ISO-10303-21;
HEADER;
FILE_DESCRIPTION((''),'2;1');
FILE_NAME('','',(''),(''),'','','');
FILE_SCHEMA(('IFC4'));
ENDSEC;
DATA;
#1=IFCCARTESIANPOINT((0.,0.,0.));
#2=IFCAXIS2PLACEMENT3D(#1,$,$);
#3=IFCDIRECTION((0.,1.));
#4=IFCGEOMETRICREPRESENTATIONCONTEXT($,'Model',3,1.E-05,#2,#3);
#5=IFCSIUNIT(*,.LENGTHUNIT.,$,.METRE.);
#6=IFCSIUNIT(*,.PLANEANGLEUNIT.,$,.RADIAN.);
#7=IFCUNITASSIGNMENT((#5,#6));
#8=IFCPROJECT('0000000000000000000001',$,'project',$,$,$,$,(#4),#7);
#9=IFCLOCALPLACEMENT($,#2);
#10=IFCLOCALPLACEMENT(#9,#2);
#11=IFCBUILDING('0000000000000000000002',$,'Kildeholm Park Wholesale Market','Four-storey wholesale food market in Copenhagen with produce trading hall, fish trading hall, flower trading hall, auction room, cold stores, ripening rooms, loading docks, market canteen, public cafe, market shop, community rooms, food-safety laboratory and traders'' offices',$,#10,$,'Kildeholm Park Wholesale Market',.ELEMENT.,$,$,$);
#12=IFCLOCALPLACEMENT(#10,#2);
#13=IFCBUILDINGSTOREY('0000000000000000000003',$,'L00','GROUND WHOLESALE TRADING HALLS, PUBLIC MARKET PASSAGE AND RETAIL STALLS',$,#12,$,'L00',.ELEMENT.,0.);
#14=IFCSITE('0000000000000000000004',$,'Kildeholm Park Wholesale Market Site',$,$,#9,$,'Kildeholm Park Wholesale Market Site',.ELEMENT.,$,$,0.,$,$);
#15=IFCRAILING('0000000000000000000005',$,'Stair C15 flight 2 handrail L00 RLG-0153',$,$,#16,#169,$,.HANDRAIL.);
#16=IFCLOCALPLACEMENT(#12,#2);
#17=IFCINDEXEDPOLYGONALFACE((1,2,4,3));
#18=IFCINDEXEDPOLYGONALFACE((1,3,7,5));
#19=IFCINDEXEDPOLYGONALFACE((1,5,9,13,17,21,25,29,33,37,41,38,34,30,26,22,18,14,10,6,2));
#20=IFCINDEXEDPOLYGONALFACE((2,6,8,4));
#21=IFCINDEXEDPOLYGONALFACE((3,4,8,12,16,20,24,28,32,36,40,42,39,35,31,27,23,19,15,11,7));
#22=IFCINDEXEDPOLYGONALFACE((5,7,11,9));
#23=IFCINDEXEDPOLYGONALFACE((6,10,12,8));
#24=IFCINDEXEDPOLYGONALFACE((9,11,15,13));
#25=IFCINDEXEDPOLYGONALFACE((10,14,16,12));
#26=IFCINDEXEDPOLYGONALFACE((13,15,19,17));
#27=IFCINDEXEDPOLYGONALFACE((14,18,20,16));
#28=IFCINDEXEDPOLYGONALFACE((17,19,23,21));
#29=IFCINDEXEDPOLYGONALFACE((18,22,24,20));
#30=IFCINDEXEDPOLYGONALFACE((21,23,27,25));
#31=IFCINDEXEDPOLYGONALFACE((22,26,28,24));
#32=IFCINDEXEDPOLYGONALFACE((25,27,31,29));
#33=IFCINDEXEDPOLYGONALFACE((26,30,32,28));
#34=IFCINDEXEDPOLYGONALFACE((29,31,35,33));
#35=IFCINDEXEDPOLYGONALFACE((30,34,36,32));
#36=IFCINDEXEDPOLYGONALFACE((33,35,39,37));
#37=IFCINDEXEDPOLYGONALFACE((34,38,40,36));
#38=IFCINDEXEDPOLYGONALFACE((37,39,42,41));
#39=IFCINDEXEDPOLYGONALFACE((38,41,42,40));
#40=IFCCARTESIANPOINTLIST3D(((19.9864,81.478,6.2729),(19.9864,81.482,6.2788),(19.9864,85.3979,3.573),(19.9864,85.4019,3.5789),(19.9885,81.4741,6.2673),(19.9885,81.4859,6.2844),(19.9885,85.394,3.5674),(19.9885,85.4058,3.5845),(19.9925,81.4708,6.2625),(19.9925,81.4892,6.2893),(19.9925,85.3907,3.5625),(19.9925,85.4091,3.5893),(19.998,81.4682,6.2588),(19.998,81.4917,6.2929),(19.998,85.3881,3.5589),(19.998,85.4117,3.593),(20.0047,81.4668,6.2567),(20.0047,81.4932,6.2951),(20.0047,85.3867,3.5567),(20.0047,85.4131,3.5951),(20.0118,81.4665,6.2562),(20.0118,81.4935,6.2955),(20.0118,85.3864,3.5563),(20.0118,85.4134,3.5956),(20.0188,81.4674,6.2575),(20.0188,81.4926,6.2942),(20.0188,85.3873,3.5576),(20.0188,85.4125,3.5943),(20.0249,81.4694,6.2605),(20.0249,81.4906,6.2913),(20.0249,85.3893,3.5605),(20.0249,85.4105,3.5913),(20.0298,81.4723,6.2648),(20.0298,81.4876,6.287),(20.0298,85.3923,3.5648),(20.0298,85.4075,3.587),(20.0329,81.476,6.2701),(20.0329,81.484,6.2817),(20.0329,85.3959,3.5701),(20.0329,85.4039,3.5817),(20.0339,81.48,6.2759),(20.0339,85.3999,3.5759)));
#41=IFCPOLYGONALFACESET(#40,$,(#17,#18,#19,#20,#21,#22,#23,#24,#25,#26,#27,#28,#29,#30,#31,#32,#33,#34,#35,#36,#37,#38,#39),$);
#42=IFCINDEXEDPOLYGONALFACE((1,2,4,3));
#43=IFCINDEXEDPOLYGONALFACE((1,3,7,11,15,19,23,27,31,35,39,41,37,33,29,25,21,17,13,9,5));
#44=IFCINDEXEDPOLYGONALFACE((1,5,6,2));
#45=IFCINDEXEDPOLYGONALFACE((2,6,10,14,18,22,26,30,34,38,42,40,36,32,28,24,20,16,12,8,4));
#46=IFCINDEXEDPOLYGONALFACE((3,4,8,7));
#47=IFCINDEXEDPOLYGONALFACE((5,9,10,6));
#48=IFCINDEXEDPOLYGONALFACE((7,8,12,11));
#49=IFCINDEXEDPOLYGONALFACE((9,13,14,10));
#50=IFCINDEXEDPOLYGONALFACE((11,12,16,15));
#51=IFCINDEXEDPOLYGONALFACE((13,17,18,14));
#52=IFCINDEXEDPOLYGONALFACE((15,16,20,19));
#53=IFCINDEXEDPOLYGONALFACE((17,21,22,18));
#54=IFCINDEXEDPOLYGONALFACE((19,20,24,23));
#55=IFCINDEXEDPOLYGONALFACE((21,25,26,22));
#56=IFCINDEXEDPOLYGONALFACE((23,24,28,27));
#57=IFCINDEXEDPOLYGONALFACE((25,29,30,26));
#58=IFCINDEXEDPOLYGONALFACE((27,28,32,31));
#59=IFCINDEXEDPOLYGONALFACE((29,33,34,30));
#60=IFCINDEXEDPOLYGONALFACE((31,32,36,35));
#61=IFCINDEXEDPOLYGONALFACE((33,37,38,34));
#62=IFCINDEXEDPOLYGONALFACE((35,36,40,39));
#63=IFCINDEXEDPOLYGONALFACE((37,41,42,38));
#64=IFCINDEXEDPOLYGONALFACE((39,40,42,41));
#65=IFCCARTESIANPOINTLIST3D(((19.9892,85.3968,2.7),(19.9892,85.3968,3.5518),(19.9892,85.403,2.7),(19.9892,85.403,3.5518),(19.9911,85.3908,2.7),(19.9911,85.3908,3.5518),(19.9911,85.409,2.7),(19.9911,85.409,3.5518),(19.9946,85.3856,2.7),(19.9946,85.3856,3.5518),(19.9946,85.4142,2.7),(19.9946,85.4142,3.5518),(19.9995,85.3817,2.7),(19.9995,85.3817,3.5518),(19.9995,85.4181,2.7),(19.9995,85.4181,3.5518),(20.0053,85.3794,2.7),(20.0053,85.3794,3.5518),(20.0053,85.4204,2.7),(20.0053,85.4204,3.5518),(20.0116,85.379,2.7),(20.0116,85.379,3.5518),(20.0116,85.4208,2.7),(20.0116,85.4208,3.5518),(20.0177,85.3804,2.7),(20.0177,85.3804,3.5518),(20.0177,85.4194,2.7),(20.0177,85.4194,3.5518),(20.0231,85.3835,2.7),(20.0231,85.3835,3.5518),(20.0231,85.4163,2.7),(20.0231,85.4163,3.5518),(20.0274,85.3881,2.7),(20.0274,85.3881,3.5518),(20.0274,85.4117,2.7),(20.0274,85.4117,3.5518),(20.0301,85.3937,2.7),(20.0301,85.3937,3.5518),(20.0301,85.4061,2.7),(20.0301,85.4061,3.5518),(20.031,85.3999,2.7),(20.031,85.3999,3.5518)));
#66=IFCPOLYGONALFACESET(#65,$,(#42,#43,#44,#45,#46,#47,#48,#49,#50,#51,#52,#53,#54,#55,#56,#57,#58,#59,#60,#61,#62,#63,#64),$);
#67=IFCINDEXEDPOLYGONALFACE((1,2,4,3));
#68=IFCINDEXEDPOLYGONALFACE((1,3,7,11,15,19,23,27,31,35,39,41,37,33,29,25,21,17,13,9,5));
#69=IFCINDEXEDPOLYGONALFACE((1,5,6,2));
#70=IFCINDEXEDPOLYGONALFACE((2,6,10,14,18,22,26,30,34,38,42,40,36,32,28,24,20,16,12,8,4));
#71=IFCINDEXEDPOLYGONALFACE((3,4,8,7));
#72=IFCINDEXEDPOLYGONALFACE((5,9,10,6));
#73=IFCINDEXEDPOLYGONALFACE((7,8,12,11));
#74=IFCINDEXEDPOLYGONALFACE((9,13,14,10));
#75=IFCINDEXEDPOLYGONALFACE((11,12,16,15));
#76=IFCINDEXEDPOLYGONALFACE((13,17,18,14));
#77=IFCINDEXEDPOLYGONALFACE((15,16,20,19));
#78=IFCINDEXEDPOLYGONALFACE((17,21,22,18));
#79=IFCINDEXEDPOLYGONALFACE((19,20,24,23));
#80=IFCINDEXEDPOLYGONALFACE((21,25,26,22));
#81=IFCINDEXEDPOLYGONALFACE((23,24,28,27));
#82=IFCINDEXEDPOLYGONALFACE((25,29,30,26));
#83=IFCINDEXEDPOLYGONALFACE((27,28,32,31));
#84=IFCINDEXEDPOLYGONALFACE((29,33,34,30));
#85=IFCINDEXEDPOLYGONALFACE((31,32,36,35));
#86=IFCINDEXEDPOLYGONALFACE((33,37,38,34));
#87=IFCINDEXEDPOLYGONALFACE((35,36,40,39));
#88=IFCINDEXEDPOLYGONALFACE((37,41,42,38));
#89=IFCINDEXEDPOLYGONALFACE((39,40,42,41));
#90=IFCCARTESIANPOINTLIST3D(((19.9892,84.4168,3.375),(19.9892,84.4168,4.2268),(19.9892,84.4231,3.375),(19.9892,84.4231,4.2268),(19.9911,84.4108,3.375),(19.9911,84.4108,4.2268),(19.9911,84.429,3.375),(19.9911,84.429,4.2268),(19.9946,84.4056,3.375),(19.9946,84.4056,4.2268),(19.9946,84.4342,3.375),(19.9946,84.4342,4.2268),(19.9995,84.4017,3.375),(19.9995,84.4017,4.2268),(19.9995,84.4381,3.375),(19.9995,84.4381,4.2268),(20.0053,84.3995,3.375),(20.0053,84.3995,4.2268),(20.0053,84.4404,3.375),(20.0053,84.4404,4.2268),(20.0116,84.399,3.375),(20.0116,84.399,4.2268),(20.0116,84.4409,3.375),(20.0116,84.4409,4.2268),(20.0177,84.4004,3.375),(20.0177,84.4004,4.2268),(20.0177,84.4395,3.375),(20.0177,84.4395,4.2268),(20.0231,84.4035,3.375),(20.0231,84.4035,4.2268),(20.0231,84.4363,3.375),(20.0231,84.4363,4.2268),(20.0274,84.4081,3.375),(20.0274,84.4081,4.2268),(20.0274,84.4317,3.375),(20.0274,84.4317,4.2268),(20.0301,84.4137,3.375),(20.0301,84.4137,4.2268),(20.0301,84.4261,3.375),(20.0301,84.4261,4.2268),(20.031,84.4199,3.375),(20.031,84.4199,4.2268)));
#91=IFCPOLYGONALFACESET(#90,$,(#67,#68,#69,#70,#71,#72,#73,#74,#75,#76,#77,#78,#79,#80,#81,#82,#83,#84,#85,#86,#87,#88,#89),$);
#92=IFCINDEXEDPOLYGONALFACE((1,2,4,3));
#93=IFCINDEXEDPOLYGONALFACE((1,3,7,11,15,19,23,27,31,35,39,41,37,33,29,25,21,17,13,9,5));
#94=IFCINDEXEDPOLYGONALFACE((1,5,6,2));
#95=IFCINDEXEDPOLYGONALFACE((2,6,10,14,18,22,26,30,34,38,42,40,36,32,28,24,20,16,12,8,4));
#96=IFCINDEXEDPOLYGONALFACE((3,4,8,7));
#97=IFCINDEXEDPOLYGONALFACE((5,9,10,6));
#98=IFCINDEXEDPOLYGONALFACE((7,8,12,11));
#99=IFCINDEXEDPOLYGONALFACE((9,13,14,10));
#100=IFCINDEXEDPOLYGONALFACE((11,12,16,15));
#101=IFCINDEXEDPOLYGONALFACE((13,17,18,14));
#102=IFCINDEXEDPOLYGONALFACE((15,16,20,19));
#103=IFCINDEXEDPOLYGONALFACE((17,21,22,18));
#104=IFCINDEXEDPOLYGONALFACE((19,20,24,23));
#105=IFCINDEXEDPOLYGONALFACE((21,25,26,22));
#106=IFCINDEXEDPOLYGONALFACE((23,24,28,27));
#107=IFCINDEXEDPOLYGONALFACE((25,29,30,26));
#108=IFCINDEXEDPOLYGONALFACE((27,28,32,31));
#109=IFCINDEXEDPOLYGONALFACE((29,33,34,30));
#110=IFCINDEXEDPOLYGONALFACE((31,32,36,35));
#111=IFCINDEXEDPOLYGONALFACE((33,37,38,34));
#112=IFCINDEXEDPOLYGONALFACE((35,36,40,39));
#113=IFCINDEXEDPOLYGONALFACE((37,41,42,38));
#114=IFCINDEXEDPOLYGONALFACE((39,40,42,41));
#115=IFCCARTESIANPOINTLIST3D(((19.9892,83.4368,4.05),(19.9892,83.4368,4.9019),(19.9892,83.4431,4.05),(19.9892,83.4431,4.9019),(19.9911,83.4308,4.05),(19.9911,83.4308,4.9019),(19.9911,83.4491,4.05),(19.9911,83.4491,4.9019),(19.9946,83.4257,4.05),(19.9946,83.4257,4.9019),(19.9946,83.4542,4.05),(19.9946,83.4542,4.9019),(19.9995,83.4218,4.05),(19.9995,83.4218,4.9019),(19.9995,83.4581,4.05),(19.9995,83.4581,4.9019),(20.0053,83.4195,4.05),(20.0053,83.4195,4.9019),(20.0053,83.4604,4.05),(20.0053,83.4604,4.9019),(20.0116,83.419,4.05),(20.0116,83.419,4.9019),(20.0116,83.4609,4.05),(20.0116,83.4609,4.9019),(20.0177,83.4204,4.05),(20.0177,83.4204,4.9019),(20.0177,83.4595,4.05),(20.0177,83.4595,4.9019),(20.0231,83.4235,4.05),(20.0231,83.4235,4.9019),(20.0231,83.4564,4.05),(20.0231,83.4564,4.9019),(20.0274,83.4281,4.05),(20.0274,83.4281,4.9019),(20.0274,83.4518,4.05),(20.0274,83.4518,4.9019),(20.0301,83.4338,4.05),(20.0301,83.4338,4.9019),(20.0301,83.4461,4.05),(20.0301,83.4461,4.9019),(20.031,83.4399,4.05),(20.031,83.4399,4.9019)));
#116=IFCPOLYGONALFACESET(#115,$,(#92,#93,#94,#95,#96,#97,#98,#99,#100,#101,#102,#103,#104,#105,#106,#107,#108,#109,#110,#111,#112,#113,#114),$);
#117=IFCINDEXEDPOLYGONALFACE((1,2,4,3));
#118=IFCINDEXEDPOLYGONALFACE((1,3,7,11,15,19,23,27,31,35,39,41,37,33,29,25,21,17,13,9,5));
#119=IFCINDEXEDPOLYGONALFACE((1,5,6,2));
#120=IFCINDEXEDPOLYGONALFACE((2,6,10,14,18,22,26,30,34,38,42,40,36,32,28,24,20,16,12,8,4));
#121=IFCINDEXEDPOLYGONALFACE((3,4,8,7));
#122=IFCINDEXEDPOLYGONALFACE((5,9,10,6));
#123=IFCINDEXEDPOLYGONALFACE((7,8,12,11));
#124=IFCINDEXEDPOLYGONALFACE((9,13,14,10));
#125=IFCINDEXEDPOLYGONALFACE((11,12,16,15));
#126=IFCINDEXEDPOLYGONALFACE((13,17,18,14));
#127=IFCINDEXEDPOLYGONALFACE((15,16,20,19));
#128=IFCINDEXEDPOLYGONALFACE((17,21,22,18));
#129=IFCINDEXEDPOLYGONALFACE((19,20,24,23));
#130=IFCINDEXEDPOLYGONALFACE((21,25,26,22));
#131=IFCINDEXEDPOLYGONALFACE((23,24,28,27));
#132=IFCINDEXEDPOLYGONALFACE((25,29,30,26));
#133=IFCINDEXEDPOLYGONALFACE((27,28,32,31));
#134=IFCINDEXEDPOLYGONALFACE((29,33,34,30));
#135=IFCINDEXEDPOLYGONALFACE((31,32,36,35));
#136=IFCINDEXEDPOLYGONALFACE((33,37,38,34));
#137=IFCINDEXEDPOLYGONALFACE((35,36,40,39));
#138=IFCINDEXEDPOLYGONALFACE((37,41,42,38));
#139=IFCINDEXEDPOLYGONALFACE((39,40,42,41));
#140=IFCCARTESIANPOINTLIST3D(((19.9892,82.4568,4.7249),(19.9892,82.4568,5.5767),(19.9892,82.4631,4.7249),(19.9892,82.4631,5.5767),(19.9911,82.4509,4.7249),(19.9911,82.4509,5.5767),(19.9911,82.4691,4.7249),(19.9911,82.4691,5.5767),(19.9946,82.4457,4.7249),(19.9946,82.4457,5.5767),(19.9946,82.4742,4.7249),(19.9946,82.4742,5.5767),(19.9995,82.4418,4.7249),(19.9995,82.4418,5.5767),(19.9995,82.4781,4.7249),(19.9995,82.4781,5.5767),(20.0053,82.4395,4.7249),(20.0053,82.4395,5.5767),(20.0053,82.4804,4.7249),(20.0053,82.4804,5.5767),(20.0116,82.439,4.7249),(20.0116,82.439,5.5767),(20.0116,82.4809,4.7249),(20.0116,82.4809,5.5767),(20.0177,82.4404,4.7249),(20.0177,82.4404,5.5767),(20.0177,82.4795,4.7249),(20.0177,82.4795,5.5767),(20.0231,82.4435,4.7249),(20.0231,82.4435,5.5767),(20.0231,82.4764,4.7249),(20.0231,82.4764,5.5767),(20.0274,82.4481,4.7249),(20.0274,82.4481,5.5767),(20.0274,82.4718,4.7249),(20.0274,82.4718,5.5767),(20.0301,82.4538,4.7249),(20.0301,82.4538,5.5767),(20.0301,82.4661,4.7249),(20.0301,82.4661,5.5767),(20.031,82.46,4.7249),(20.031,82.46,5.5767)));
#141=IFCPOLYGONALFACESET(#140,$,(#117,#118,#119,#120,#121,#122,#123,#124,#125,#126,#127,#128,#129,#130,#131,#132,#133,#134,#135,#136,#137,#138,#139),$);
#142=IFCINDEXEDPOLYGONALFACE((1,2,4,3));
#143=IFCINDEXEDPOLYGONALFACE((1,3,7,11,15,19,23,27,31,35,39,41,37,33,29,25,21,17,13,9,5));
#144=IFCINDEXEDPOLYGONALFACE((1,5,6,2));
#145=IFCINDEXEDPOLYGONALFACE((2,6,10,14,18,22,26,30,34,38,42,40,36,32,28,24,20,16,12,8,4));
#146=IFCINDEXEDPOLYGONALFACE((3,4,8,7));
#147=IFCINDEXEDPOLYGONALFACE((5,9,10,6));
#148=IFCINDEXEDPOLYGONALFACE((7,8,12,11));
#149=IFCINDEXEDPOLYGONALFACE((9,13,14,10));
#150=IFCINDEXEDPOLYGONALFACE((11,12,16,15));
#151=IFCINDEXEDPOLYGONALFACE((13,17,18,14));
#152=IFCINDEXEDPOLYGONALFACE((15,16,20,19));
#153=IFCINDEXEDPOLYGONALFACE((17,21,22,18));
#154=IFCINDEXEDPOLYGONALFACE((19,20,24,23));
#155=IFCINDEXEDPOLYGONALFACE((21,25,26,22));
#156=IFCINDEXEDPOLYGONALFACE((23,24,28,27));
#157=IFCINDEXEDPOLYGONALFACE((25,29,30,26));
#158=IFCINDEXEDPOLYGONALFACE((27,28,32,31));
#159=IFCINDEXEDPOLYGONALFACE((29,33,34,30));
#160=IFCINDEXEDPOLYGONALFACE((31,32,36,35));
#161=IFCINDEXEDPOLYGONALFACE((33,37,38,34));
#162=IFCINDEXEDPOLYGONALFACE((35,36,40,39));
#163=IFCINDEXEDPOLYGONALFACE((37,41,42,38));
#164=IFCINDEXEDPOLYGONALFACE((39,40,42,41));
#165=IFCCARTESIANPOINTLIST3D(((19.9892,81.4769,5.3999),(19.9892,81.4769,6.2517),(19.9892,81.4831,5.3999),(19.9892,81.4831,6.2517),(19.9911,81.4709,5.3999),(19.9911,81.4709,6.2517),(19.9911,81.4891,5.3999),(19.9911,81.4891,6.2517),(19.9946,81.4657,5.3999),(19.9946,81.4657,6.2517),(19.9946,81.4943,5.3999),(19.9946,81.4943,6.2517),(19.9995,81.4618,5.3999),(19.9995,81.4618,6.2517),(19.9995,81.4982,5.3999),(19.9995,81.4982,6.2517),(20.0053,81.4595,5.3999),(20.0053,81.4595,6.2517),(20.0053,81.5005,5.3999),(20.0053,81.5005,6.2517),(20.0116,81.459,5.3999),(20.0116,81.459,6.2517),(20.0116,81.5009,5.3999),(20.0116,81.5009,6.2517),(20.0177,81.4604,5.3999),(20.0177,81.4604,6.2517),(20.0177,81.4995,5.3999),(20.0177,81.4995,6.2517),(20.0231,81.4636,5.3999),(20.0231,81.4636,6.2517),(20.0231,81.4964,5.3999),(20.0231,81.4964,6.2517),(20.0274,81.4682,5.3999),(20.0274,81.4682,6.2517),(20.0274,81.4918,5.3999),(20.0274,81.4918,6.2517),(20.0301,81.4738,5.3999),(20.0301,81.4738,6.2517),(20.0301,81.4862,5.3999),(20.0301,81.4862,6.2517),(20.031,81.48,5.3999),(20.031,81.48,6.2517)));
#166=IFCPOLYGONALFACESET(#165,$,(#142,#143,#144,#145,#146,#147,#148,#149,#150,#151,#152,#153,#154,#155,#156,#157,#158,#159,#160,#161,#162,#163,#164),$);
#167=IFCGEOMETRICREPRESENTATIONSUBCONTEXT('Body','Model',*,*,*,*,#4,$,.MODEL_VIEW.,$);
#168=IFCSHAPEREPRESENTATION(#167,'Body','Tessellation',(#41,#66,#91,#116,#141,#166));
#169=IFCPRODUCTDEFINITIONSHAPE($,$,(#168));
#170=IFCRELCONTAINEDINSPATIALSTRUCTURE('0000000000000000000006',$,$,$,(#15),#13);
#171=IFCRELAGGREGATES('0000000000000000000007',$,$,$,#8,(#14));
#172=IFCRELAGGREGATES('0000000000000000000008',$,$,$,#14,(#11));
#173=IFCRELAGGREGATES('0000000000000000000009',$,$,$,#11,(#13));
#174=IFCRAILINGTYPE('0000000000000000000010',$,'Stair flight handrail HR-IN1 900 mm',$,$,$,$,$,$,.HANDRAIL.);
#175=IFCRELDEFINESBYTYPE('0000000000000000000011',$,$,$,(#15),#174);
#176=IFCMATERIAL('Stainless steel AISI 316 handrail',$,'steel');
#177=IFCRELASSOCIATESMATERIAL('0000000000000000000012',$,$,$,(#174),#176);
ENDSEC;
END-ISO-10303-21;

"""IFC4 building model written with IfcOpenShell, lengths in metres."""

from ifc_helpers import new_model, si_unit, direction, frame, origin, origin_2d, place, context, subcontext, project, spatial, circle, extrude, material, type_object, element, save


model = new_model("IFC4")

# Units and contexts
model_context = context("Model", 3, precision=1e-05, world=origin(), true_north=direction((0.0, 1.0)))
body_context = subcontext(model_context, "Body", "Model", "MODEL_VIEW")
ifc_project = project(units=[si_unit("LENGTHUNIT", "METRE"), si_unit("PLANEANGLEUNIT", "RADIAN")], contexts=[model_context])

# Site, building, storey
site_placement = place(None, origin())
site = spatial("IfcSite", under=ifc_project, at=site_placement, Name="Kildeholm Park Wholesale Market Site", LongName="Kildeholm Park Wholesale Market Site", CompositionType="ELEMENT", RefElevation=0.0)
building_placement = place(site_placement, origin())
building = spatial("IfcBuilding", under=site, at=building_placement, Name="Kildeholm Park Wholesale Market", Description="Four-storey wholesale food market in Copenhagen with produce trading hall, fish trading hall, flower trading hall, auction room, cold stores, ripening rooms, loading docks, market canteen, public cafe, market shop, community rooms, food-safety laboratory and traders' offices", LongName="Kildeholm Park Wholesale Market", CompositionType="ELEMENT")
storey_placement = place(building_placement, origin())
storey = spatial("IfcBuildingStorey", under=building, at=storey_placement, Name="L00", Description="GROUND WHOLESALE TRADING HALLS, PUBLIC MARKET PASSAGE AND RETAIL STALLS", LongName="L00", CompositionType="ELEMENT", Elevation=0.0)

# Railing
ifc_material_1 = material(Name="Stainless steel AISI 316 handrail", Category="steel")
railing_type_1 = type_object("IfcRailingType", Name="Stair flight handrail HR-IN1 900 mm", PredefinedType="HANDRAIL", material=ifc_material_1)
railing_1_placement = place(storey_placement, frame((20.01, 85.3999, 2.7)))
element("IfcRailing", 1, at=railing_1_placement, inside=storey, type_object=railing_type_1, Name="Stair C15 flight 2 handrail L00 RLG-0153", PredefinedType="HANDRAIL", context=body_context, shape_type="SweptSolid", body=[
    extrude(circle(Radius=0.0239, at=origin_2d()), frame((0.0, 0.0, 0.876), z_axis=(0.0, -0.823551, 0.567243), x_axis=(1.0, 0.0, 0.0)), (0.0, 0.0, 1.0), 4.7598),
    extrude(circle(Radius=0.021, at=origin_2d()), origin(), (0.0, 0.0, 1.0), 0.8518),
    extrude(circle(Radius=0.021, at=origin_2d()), frame((0.0, -0.98, 0.675)), (0.0, 0.0, 1.0), 0.8518),
    extrude(circle(Radius=0.021, at=origin_2d()), frame((0.0, -1.96, 1.3501)), (0.0, 0.0, 1.0), 0.8518),
    extrude(circle(Radius=0.021, at=origin_2d()), frame((0.0, -2.9399, 2.0249)), (0.0, 0.0, 1.0), 0.8518),
    extrude(circle(Radius=0.021, at=origin_2d()), frame((0.0, -3.9199, 2.7)), (0.0, 0.0, 1.0), 0.8518),
])

save(model, "model.ifc")
